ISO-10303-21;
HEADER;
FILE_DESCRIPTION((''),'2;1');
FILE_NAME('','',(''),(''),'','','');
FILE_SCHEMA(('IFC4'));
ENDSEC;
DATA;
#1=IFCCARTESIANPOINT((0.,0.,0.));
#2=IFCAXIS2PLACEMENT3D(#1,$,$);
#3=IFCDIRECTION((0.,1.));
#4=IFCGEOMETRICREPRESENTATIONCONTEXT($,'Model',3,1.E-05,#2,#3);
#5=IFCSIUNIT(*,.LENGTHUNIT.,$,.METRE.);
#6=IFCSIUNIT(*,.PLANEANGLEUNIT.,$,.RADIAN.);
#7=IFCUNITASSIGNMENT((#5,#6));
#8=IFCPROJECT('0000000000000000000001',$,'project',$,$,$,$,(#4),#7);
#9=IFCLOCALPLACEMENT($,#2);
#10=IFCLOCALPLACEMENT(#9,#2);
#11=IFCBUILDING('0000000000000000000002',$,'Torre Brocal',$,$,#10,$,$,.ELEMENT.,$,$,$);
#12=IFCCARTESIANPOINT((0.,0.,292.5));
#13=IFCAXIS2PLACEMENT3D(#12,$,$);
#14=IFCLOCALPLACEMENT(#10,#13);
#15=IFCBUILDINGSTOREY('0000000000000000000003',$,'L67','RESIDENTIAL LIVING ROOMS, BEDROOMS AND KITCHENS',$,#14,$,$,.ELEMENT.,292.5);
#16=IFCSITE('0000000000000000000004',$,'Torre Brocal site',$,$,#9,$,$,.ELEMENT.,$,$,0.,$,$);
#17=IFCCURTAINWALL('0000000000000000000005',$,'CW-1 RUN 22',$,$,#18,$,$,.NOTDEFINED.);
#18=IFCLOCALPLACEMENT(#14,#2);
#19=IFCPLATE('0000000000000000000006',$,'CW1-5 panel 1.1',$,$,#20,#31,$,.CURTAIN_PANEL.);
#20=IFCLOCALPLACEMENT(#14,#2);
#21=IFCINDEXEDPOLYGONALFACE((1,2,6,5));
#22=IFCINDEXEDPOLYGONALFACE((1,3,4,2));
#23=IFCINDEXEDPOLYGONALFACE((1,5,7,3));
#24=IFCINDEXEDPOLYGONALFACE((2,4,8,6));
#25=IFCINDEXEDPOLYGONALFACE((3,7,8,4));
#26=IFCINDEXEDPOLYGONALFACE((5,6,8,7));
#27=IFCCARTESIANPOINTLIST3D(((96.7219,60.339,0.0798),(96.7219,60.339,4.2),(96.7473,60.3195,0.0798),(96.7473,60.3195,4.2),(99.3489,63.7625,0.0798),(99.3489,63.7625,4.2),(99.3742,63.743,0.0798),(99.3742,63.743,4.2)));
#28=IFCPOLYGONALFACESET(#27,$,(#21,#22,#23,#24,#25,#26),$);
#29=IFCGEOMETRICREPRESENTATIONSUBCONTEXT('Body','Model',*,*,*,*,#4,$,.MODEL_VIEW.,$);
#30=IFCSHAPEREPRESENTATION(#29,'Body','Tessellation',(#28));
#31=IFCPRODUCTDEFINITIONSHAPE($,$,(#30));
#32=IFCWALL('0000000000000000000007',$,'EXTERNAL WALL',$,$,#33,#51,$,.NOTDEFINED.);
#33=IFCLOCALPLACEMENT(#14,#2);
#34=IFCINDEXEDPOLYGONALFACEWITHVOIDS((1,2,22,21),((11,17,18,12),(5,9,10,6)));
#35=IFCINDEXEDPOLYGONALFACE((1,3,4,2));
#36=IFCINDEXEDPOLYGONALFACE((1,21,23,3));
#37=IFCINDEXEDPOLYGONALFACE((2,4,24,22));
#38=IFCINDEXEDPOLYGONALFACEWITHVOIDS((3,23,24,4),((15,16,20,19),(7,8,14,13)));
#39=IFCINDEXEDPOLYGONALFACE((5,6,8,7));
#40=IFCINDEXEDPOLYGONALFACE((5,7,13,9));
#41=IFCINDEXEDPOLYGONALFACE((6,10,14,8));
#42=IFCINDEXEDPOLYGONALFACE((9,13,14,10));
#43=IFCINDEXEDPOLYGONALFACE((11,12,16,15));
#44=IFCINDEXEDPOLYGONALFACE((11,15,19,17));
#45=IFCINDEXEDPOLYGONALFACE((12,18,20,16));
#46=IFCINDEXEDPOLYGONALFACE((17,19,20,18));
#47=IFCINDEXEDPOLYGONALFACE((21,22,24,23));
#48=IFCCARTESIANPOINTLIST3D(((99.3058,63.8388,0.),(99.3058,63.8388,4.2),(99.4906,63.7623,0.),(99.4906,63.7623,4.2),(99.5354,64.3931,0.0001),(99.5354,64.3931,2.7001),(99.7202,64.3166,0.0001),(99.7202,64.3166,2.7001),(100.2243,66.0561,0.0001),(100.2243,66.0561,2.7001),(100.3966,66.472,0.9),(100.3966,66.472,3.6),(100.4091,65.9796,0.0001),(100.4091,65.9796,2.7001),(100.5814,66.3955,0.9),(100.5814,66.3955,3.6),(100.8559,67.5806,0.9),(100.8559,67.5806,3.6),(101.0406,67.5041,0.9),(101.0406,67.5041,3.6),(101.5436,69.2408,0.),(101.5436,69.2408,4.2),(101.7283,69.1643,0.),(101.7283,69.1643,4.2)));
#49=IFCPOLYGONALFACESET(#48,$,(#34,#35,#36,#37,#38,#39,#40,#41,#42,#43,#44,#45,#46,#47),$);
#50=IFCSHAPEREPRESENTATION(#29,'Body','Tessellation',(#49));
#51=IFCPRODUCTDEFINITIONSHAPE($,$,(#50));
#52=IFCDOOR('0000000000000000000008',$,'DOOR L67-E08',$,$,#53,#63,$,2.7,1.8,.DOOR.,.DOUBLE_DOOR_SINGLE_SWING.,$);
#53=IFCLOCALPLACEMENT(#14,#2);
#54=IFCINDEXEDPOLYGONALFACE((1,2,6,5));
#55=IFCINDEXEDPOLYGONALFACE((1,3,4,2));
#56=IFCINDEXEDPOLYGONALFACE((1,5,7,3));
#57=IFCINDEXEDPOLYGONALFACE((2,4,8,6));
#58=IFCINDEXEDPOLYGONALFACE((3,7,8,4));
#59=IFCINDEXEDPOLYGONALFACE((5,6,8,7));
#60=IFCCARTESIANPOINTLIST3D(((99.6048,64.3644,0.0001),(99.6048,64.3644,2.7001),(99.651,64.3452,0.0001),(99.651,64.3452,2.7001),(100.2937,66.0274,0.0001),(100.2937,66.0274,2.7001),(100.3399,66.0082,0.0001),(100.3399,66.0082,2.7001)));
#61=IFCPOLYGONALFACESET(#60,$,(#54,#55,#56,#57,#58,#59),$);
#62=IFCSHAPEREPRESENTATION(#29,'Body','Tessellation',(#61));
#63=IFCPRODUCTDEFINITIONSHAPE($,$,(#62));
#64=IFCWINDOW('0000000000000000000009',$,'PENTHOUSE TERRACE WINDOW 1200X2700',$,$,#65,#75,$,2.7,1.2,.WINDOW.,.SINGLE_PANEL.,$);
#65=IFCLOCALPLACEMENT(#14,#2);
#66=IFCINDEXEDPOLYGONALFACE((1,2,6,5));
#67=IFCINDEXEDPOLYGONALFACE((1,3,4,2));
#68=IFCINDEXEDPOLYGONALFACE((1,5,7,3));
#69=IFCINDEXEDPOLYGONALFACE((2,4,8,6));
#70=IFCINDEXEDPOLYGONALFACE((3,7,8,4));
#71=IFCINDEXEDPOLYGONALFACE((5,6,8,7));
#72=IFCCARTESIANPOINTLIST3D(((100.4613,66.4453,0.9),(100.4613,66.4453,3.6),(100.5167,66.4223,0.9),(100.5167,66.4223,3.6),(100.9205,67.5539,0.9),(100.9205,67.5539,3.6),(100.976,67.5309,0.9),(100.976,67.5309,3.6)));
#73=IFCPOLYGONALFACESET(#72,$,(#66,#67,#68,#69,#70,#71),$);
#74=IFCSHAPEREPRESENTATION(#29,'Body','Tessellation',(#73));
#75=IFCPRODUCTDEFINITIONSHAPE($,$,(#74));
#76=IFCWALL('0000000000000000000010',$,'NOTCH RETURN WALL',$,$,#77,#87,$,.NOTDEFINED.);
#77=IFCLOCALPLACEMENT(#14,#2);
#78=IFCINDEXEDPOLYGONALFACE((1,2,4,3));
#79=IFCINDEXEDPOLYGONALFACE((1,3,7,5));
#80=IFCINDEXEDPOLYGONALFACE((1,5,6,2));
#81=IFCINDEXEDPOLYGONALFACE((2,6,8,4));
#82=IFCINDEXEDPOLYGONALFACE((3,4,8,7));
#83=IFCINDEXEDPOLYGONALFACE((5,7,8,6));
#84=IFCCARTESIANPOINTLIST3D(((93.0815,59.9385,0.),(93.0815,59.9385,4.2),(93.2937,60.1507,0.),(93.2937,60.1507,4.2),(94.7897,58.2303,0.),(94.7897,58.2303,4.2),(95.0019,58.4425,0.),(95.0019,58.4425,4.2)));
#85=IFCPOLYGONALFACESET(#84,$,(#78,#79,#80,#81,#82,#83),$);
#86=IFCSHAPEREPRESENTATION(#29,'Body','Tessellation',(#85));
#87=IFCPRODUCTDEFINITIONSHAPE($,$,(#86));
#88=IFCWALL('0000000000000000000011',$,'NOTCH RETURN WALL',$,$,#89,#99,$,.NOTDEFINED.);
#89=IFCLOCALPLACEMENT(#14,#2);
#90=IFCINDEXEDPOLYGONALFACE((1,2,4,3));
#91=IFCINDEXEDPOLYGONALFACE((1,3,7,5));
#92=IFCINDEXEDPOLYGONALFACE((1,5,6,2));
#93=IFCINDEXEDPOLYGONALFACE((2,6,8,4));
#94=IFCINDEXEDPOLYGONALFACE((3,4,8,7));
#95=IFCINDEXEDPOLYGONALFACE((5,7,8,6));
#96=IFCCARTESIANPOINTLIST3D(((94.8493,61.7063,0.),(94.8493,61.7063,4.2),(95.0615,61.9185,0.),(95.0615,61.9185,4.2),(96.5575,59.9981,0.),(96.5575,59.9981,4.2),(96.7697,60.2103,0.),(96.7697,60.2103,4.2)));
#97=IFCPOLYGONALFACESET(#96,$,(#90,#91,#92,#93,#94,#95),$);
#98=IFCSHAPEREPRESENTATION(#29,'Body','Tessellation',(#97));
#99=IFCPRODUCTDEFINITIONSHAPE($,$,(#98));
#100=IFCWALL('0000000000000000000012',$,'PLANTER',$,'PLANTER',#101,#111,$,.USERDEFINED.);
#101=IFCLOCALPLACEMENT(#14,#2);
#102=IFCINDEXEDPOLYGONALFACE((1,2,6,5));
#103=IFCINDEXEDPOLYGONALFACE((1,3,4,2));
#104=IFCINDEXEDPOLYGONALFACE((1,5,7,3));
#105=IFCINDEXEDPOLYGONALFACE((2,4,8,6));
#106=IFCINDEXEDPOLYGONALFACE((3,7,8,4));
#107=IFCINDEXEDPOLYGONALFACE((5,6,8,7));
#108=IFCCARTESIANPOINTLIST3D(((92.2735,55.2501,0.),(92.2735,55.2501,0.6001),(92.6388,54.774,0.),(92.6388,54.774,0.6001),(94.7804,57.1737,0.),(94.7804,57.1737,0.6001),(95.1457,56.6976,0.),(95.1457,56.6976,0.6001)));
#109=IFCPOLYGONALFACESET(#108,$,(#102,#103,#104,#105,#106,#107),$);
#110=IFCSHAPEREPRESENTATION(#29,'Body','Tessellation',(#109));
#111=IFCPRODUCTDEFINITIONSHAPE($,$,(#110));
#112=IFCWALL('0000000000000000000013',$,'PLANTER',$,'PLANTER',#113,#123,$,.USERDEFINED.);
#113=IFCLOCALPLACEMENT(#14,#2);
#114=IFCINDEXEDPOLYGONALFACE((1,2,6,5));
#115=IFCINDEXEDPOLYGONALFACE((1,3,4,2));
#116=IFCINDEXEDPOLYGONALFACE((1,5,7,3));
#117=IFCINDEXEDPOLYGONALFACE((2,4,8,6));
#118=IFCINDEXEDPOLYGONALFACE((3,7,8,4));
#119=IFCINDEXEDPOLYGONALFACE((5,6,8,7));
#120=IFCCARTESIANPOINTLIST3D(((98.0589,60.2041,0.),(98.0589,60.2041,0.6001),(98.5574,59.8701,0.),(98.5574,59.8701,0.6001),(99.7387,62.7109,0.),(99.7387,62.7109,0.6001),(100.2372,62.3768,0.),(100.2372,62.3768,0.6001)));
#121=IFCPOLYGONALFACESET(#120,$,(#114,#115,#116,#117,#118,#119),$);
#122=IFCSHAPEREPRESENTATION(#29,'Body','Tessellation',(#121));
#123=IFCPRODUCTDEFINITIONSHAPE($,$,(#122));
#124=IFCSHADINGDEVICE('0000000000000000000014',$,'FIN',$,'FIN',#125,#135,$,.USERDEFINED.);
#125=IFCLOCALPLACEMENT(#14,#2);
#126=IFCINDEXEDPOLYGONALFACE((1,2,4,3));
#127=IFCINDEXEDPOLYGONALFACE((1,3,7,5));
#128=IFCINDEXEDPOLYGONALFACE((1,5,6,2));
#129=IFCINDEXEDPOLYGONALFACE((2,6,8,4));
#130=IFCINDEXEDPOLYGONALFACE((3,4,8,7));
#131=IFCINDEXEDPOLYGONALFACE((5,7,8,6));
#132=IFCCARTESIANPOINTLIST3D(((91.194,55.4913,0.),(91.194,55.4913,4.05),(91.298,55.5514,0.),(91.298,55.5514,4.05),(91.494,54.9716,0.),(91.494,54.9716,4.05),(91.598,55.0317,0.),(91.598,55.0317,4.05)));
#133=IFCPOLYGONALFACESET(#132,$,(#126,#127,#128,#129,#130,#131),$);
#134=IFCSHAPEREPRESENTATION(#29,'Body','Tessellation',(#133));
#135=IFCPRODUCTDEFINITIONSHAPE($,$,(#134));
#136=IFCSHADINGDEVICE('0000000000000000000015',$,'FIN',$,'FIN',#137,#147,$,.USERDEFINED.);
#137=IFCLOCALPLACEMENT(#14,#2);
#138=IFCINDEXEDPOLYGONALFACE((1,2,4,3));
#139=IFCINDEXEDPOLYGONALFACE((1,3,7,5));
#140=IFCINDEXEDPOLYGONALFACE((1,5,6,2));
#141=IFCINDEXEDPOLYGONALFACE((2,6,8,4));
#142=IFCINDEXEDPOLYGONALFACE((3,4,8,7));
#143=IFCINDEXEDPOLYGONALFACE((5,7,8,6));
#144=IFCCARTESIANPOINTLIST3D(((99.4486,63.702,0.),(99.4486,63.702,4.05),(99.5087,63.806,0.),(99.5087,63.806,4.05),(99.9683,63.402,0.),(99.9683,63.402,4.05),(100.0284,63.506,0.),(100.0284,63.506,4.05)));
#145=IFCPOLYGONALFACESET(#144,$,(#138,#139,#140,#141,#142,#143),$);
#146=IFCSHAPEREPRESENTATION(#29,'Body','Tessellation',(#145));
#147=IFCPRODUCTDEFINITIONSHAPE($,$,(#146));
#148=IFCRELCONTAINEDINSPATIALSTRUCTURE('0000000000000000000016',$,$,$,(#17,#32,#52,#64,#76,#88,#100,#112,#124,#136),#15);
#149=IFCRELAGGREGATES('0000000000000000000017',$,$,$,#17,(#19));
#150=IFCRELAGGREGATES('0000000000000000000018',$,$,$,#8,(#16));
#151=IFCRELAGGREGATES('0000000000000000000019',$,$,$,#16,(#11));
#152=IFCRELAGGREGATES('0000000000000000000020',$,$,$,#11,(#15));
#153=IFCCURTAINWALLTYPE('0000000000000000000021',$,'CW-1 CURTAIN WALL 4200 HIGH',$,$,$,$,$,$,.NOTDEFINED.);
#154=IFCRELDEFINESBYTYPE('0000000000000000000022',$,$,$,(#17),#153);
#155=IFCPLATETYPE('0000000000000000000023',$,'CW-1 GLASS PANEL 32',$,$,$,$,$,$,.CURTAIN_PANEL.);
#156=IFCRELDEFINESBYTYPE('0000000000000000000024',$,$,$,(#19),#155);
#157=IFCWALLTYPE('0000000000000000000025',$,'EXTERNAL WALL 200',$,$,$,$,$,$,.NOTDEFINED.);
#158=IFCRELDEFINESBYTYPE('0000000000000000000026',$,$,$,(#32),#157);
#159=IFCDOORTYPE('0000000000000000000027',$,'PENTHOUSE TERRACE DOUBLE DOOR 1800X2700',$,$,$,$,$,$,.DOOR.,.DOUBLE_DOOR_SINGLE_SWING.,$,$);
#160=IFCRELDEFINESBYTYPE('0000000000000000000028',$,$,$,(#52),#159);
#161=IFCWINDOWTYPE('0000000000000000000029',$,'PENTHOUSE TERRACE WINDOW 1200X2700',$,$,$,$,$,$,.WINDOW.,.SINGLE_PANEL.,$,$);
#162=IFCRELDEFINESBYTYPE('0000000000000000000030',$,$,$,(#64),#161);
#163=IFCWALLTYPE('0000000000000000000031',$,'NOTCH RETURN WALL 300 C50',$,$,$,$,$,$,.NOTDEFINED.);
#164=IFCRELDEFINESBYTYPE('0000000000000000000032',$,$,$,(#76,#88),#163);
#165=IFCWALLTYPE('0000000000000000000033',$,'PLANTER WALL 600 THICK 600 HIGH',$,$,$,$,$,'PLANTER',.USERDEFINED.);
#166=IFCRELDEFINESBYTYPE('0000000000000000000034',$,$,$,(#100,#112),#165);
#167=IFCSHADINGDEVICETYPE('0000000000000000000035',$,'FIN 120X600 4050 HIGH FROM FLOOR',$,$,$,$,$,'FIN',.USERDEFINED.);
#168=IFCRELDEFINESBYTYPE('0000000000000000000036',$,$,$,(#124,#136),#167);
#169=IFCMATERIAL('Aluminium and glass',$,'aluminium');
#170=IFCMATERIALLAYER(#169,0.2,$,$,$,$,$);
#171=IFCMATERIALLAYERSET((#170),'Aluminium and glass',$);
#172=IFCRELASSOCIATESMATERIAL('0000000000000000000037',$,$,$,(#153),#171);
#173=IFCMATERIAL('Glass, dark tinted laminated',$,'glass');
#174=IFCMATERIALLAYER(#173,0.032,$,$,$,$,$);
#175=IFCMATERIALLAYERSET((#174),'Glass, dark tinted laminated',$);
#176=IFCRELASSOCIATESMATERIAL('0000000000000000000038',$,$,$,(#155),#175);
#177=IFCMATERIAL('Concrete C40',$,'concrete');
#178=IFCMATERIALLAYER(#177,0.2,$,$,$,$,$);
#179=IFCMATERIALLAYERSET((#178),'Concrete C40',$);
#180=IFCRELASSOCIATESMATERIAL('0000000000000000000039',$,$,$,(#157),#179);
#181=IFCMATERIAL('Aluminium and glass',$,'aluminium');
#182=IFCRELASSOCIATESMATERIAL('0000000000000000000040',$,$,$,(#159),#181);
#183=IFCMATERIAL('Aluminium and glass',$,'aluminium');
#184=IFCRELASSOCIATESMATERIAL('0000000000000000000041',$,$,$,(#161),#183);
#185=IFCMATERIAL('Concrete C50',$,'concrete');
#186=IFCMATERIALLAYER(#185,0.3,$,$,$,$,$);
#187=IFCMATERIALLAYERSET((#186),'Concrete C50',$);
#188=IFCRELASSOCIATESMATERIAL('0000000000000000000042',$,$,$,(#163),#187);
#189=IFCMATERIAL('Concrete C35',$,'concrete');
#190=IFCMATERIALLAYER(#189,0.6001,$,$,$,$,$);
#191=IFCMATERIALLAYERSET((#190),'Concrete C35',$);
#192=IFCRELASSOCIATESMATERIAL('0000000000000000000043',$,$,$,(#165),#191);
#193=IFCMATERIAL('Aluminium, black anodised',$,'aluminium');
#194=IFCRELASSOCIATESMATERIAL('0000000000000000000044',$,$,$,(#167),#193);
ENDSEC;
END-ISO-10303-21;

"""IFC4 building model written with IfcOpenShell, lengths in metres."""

from ifc_helpers import new_model, si_unit, direction, frame, frame_2d, origin, origin_2d, place, context, subcontext, project, spatial, rectangle, extrude, material, layer, layer_set, material_profile, profile_set, type_object, element, fill, aggregate, save


model = new_model("IFC4")

# Units and contexts
model_context = context("Model", 3, precision=1e-05, world=origin(), true_north=direction((0.0, 1.0)))
body_context = subcontext(model_context, "Body", "Model", "MODEL_VIEW")
ifc_project = project(units=[si_unit("LENGTHUNIT", "METRE"), si_unit("PLANEANGLEUNIT", "RADIAN")], contexts=[model_context])

# Site, building, storey
site_placement = place(None, origin())
site = spatial("IfcSite", under=ifc_project, at=site_placement, Name="Torre Brocal site", CompositionType="ELEMENT", RefElevation=0.0)
building_placement = place(site_placement, origin())
building = spatial("IfcBuilding", under=site, at=building_placement, Name="Torre Brocal", CompositionType="ELEMENT")
storey_placement = place(building_placement, frame((0.0, 0.0, 292.5)))
storey = spatial("IfcBuildingStorey", under=building, at=storey_placement, Name="L67", Description="RESIDENTIAL LIVING ROOMS, BEDROOMS AND KITCHENS", CompositionType="ELEMENT", Elevation=292.5)

# Curtain wall
ifc_material_1 = material(Name="Aluminium and glass", Category="aluminium")
ifc_layer_1 = layer(ifc_material_1, 0.2)
ifc_layer_set_1 = layer_set([ifc_layer_1], Name="Aluminium and glass")
curtain_wall_type = type_object("IfcCurtainWallType", Name="CW-1 CURTAIN WALL 4200 HIGH", PredefinedType="NOTDEFINED", material=ifc_layer_set_1)
curtain_wall_1_placement = place(storey_placement, origin())
curtain_wall_1 = element("IfcCurtainWall", 1, at=curtain_wall_1_placement, inside=storey, type_object=curtain_wall_type, Name="CW-1 RUN 22", PredefinedType="NOTDEFINED")

# Plate
ifc_material_2 = material(Name="Glass, dark tinted laminated", Category="glass")
ifc_layer_2 = layer(ifc_material_2, 0.032)
ifc_layer_set_2 = layer_set([ifc_layer_2], Name="Glass, dark tinted laminated")
plate_type = type_object("IfcPlateType", Name="CW-1 GLASS PANEL 32", PredefinedType="CURTAIN_PANEL", material=ifc_layer_set_2)
plate_1_placement = place(storey_placement, frame((98.0481, 62.041, 0.0798), z_axis=(0.0, 0.0, 1.0), x_axis=(0.608761, 0.793353, 0.0)))
plate_1 = element("IfcPlate", 2, at=plate_1_placement, type_object=plate_type, Name="CW1-5 panel 1.1", PredefinedType="CURTAIN_PANEL", context=body_context, shape_type="SweptSolid", body=[
    extrude(rectangle(XDim=4.3152, YDim=0.032, at=origin_2d()), origin(), (0.0, 0.0, 1.0), 4.1201),
])
aggregate(curtain_wall_1, [plate_1])

# Wall, openings, door, window
ifc_material_3 = material(Name="Concrete C40", Category="concrete")
ifc_layer_3 = layer(ifc_material_3, 0.2)
ifc_layer_set_3 = layer_set([ifc_layer_3], Name="Concrete C40")
wall_type_1 = type_object("IfcWallType", Name="EXTERNAL WALL 200", PredefinedType="NOTDEFINED", material=ifc_layer_set_3)
wall_1_placement = place(storey_placement, frame((99.3982, 63.8005, 0.0), z_axis=(0.0, 0.0, 1.0), x_axis=(0.382708, 0.923869, 0.0)))
wall_1 = element("IfcWall", 3, at=wall_1_placement, inside=storey, type_object=wall_type_1, Name="EXTERNAL WALL", PredefinedType="NOTDEFINED", context=body_context, shape_type="SweptSolid", body=[
    extrude(rectangle(XDim=5.8472, YDim=0.2, at=frame_2d((2.9236, 0.0))), origin(), (0.0, 0.0, 1.0), 4.2),
])
opening_1_placement = place(wall_1_placement, frame((0.6001, 0.0, 0.0)))
opening_1 = element("IfcOpeningElement", 4, at=opening_1_placement, cuts=wall_1, PredefinedType="OPENING", context=body_context, shape_type="SweptSolid", body=[
    extrude(rectangle(XDim=1.8, YDim=2.7, at=frame_2d((0.8999, 1.3501))), frame((0.0, 0.1099, 0.0), z_axis=(0.0, -1.0, 0.0), x_axis=(1.0, 0.0, 0.0)), (0.0, 0.0, 1.0), 0.22),
])
opening_2_placement = place(wall_1_placement, frame((2.8501, 0.0, 0.8999)))
opening_2 = element("IfcOpeningElement", 5, at=opening_2_placement, cuts=wall_1, PredefinedType="OPENING", context=body_context, shape_type="SweptSolid", body=[
    extrude(rectangle(XDim=1.2, YDim=2.7, at=frame_2d((0.6001, 1.3501))), frame((0.0, 0.1099, 0.0), z_axis=(0.0, -1.0, 0.0), x_axis=(1.0, 0.0, 0.0)), (0.0, 0.0, 1.0), 0.22),
])
ifc_material_4 = material(Name="Aluminium and glass", Category="aluminium")
door_type = type_object("IfcDoorType", Name="PENTHOUSE TERRACE DOUBLE DOOR 1800X2700", OperationType="DOUBLE_DOOR_SINGLE_SWING", PredefinedType="DOOR", material=ifc_material_4)
door_placement = place(opening_1_placement, origin())
door = element("IfcDoor", 6, at=door_placement, inside=storey, type_object=door_type, Name="DOOR L67-E08", OperationType="DOUBLE_DOOR_SINGLE_SWING", OverallHeight=2.7, OverallWidth=1.8, PredefinedType="DOOR", context=body_context, shape_type="SweptSolid", body=[
    extrude(rectangle(XDim=1.8, YDim=2.7, at=frame_2d((0.8999, 1.3501))), frame((0.0, 0.0249, 0.0), z_axis=(0.0, -1.0, 0.0), x_axis=(1.0, 0.0, 0.0)), (0.0, 0.0, 1.0), 0.05),
])
fill(opening_1, door)
ifc_material_5 = material(Name="Aluminium and glass", Category="aluminium")
window_type = type_object("IfcWindowType", Name="PENTHOUSE TERRACE WINDOW 1200X2700", PartitioningType="SINGLE_PANEL", PredefinedType="WINDOW", material=ifc_material_5)
window_placement = place(opening_2_placement, origin())
window = element("IfcWindow", 7, at=window_placement, inside=storey, type_object=window_type, Name="PENTHOUSE TERRACE WINDOW 1200X2700", OverallHeight=2.7, OverallWidth=1.2, PartitioningType="SINGLE_PANEL", PredefinedType="WINDOW", context=body_context, shape_type="SweptSolid", body=[
    extrude(rectangle(XDim=1.2, YDim=2.7, at=frame_2d((0.6001, 1.3501))), frame((0.0, 0.03, 0.0), z_axis=(0.0, -1.0, 0.0), x_axis=(1.0, 0.0, 0.0)), (0.0, 0.0, 1.0), 0.0601),
])
fill(opening_2, window)

# Walls
ifc_material_6 = material(Name="Concrete C50", Category="concrete")
ifc_layer_4 = layer(ifc_material_6, 0.3)
ifc_layer_set_4 = layer_set([ifc_layer_4], Name="Concrete C50")
wall_type_2 = type_object("IfcWallType", Name="NOTCH RETURN WALL 300 C50", PredefinedType="NOTDEFINED", material=ifc_layer_set_4)
for number, where, z_axis, x_axis, name in (
    (8, (93.1875, 60.0447, 0.0), (0.0, 0.0, 1.0), (0.707107, -0.707107, 0.0), "NOTCH RETURN WALL"),
    (9, (94.9553, 61.8125, 0.0), (0.0, 0.0, 1.0), (0.707107, -0.707107, 0.0), "NOTCH RETURN WALL"),
):
    element("IfcWall", number, at=place(storey_placement, frame(where, z_axis=z_axis, x_axis=x_axis)), inside=storey, type_object=wall_type_2, Name=name, PredefinedType="NOTDEFINED", context=body_context, shape_type="SweptSolid", body=[
        extrude(rectangle(XDim=2.4158, YDim=0.3, at=frame_2d((1.208, 0.0))), origin(), (0.0, 0.0, 1.0), 4.2),
    ])
ifc_material_7 = material(Name="Concrete C35", Category="concrete")
ifc_layer_5 = layer(ifc_material_7, 0.6001)
ifc_layer_set_5 = layer_set([ifc_layer_5], Name="Concrete C35")
wall_type_3 = type_object("IfcWallType", Name="PLANTER WALL 600 THICK 600 HIGH", ElementType="PLANTER", PredefinedType="USERDEFINED", material=ifc_layer_set_5)
wall_2_placement = place(storey_placement, frame((92.4561, 55.012, 0.0), z_axis=(0.0, 0.0, 1.0), x_axis=(0.79335, 0.608766, 0.0)))
element("IfcWall", 10, at=wall_2_placement, inside=storey, type_object=wall_type_3, Name="PLANTER", ObjectType="PLANTER", PredefinedType="USERDEFINED", context=body_context, shape_type="SweptSolid", body=[
    extrude(rectangle(XDim=3.1599, YDim=0.6001, at=frame_2d((1.5801, 0.0))), origin(), (0.0, 0.0, 1.0), 0.6001),
])
wall_3_placement = place(storey_placement, frame((98.3081, 60.0371, 0.0), z_axis=(0.0, 0.0, 1.0), x_axis=(0.556696, 0.830716, 0.0)))
element("IfcWall", 11, at=wall_3_placement, inside=storey, type_object=wall_type_3, Name="PLANTER", ObjectType="PLANTER", PredefinedType="USERDEFINED", context=body_context, shape_type="SweptSolid", body=[
    extrude(rectangle(XDim=3.0176, YDim=0.6001, at=frame_2d((1.5088, 0.0))), origin(), (0.0, 0.0, 1.0), 0.6001),
])

# Shading devices
ifc_material_8 = material(Name="Aluminium, black anodised", Category="aluminium")
ifc_material_profile_1 = material_profile(ifc_material_8, rectangle(XDim=0.1201, YDim=0.6001, at=origin_2d()), Name="FIN 120X600 4050 HIGH FROM FLOOR")
ifc_profile_set_1 = profile_set([ifc_material_profile_1], Name="Aluminium, black anodised")
shading_device_type = type_object("IfcShadingDeviceType", Name="FIN 120X600 4050 HIGH FROM FLOOR", ElementType="FIN", PredefinedType="USERDEFINED", material=ifc_profile_set_1)
for number, where, z_axis, x_axis, name in (
    (12, (91.396, 55.2615, 0.0), (0.0, 0.0, 1.0), (0.866025, 0.5, 0.0), "FIN"),
    (13, (99.7385, 63.604, 0.0), (0.0, 0.0, 1.0), (0.5, 0.866025, 0.0), "FIN"),
):
    element("IfcShadingDevice", number, at=place(storey_placement, frame(where, z_axis=z_axis, x_axis=x_axis)), inside=storey, type_object=shading_device_type, Name=name, ObjectType="FIN", PredefinedType="USERDEFINED", context=body_context, shape_type="SweptSolid", body=[
        extrude(rectangle(XDim=0.1201, YDim=0.6001, at=origin_2d()), origin(), (0.0, 0.0, 1.0), 4.05),
    ])

save(model, "model.ifc")
